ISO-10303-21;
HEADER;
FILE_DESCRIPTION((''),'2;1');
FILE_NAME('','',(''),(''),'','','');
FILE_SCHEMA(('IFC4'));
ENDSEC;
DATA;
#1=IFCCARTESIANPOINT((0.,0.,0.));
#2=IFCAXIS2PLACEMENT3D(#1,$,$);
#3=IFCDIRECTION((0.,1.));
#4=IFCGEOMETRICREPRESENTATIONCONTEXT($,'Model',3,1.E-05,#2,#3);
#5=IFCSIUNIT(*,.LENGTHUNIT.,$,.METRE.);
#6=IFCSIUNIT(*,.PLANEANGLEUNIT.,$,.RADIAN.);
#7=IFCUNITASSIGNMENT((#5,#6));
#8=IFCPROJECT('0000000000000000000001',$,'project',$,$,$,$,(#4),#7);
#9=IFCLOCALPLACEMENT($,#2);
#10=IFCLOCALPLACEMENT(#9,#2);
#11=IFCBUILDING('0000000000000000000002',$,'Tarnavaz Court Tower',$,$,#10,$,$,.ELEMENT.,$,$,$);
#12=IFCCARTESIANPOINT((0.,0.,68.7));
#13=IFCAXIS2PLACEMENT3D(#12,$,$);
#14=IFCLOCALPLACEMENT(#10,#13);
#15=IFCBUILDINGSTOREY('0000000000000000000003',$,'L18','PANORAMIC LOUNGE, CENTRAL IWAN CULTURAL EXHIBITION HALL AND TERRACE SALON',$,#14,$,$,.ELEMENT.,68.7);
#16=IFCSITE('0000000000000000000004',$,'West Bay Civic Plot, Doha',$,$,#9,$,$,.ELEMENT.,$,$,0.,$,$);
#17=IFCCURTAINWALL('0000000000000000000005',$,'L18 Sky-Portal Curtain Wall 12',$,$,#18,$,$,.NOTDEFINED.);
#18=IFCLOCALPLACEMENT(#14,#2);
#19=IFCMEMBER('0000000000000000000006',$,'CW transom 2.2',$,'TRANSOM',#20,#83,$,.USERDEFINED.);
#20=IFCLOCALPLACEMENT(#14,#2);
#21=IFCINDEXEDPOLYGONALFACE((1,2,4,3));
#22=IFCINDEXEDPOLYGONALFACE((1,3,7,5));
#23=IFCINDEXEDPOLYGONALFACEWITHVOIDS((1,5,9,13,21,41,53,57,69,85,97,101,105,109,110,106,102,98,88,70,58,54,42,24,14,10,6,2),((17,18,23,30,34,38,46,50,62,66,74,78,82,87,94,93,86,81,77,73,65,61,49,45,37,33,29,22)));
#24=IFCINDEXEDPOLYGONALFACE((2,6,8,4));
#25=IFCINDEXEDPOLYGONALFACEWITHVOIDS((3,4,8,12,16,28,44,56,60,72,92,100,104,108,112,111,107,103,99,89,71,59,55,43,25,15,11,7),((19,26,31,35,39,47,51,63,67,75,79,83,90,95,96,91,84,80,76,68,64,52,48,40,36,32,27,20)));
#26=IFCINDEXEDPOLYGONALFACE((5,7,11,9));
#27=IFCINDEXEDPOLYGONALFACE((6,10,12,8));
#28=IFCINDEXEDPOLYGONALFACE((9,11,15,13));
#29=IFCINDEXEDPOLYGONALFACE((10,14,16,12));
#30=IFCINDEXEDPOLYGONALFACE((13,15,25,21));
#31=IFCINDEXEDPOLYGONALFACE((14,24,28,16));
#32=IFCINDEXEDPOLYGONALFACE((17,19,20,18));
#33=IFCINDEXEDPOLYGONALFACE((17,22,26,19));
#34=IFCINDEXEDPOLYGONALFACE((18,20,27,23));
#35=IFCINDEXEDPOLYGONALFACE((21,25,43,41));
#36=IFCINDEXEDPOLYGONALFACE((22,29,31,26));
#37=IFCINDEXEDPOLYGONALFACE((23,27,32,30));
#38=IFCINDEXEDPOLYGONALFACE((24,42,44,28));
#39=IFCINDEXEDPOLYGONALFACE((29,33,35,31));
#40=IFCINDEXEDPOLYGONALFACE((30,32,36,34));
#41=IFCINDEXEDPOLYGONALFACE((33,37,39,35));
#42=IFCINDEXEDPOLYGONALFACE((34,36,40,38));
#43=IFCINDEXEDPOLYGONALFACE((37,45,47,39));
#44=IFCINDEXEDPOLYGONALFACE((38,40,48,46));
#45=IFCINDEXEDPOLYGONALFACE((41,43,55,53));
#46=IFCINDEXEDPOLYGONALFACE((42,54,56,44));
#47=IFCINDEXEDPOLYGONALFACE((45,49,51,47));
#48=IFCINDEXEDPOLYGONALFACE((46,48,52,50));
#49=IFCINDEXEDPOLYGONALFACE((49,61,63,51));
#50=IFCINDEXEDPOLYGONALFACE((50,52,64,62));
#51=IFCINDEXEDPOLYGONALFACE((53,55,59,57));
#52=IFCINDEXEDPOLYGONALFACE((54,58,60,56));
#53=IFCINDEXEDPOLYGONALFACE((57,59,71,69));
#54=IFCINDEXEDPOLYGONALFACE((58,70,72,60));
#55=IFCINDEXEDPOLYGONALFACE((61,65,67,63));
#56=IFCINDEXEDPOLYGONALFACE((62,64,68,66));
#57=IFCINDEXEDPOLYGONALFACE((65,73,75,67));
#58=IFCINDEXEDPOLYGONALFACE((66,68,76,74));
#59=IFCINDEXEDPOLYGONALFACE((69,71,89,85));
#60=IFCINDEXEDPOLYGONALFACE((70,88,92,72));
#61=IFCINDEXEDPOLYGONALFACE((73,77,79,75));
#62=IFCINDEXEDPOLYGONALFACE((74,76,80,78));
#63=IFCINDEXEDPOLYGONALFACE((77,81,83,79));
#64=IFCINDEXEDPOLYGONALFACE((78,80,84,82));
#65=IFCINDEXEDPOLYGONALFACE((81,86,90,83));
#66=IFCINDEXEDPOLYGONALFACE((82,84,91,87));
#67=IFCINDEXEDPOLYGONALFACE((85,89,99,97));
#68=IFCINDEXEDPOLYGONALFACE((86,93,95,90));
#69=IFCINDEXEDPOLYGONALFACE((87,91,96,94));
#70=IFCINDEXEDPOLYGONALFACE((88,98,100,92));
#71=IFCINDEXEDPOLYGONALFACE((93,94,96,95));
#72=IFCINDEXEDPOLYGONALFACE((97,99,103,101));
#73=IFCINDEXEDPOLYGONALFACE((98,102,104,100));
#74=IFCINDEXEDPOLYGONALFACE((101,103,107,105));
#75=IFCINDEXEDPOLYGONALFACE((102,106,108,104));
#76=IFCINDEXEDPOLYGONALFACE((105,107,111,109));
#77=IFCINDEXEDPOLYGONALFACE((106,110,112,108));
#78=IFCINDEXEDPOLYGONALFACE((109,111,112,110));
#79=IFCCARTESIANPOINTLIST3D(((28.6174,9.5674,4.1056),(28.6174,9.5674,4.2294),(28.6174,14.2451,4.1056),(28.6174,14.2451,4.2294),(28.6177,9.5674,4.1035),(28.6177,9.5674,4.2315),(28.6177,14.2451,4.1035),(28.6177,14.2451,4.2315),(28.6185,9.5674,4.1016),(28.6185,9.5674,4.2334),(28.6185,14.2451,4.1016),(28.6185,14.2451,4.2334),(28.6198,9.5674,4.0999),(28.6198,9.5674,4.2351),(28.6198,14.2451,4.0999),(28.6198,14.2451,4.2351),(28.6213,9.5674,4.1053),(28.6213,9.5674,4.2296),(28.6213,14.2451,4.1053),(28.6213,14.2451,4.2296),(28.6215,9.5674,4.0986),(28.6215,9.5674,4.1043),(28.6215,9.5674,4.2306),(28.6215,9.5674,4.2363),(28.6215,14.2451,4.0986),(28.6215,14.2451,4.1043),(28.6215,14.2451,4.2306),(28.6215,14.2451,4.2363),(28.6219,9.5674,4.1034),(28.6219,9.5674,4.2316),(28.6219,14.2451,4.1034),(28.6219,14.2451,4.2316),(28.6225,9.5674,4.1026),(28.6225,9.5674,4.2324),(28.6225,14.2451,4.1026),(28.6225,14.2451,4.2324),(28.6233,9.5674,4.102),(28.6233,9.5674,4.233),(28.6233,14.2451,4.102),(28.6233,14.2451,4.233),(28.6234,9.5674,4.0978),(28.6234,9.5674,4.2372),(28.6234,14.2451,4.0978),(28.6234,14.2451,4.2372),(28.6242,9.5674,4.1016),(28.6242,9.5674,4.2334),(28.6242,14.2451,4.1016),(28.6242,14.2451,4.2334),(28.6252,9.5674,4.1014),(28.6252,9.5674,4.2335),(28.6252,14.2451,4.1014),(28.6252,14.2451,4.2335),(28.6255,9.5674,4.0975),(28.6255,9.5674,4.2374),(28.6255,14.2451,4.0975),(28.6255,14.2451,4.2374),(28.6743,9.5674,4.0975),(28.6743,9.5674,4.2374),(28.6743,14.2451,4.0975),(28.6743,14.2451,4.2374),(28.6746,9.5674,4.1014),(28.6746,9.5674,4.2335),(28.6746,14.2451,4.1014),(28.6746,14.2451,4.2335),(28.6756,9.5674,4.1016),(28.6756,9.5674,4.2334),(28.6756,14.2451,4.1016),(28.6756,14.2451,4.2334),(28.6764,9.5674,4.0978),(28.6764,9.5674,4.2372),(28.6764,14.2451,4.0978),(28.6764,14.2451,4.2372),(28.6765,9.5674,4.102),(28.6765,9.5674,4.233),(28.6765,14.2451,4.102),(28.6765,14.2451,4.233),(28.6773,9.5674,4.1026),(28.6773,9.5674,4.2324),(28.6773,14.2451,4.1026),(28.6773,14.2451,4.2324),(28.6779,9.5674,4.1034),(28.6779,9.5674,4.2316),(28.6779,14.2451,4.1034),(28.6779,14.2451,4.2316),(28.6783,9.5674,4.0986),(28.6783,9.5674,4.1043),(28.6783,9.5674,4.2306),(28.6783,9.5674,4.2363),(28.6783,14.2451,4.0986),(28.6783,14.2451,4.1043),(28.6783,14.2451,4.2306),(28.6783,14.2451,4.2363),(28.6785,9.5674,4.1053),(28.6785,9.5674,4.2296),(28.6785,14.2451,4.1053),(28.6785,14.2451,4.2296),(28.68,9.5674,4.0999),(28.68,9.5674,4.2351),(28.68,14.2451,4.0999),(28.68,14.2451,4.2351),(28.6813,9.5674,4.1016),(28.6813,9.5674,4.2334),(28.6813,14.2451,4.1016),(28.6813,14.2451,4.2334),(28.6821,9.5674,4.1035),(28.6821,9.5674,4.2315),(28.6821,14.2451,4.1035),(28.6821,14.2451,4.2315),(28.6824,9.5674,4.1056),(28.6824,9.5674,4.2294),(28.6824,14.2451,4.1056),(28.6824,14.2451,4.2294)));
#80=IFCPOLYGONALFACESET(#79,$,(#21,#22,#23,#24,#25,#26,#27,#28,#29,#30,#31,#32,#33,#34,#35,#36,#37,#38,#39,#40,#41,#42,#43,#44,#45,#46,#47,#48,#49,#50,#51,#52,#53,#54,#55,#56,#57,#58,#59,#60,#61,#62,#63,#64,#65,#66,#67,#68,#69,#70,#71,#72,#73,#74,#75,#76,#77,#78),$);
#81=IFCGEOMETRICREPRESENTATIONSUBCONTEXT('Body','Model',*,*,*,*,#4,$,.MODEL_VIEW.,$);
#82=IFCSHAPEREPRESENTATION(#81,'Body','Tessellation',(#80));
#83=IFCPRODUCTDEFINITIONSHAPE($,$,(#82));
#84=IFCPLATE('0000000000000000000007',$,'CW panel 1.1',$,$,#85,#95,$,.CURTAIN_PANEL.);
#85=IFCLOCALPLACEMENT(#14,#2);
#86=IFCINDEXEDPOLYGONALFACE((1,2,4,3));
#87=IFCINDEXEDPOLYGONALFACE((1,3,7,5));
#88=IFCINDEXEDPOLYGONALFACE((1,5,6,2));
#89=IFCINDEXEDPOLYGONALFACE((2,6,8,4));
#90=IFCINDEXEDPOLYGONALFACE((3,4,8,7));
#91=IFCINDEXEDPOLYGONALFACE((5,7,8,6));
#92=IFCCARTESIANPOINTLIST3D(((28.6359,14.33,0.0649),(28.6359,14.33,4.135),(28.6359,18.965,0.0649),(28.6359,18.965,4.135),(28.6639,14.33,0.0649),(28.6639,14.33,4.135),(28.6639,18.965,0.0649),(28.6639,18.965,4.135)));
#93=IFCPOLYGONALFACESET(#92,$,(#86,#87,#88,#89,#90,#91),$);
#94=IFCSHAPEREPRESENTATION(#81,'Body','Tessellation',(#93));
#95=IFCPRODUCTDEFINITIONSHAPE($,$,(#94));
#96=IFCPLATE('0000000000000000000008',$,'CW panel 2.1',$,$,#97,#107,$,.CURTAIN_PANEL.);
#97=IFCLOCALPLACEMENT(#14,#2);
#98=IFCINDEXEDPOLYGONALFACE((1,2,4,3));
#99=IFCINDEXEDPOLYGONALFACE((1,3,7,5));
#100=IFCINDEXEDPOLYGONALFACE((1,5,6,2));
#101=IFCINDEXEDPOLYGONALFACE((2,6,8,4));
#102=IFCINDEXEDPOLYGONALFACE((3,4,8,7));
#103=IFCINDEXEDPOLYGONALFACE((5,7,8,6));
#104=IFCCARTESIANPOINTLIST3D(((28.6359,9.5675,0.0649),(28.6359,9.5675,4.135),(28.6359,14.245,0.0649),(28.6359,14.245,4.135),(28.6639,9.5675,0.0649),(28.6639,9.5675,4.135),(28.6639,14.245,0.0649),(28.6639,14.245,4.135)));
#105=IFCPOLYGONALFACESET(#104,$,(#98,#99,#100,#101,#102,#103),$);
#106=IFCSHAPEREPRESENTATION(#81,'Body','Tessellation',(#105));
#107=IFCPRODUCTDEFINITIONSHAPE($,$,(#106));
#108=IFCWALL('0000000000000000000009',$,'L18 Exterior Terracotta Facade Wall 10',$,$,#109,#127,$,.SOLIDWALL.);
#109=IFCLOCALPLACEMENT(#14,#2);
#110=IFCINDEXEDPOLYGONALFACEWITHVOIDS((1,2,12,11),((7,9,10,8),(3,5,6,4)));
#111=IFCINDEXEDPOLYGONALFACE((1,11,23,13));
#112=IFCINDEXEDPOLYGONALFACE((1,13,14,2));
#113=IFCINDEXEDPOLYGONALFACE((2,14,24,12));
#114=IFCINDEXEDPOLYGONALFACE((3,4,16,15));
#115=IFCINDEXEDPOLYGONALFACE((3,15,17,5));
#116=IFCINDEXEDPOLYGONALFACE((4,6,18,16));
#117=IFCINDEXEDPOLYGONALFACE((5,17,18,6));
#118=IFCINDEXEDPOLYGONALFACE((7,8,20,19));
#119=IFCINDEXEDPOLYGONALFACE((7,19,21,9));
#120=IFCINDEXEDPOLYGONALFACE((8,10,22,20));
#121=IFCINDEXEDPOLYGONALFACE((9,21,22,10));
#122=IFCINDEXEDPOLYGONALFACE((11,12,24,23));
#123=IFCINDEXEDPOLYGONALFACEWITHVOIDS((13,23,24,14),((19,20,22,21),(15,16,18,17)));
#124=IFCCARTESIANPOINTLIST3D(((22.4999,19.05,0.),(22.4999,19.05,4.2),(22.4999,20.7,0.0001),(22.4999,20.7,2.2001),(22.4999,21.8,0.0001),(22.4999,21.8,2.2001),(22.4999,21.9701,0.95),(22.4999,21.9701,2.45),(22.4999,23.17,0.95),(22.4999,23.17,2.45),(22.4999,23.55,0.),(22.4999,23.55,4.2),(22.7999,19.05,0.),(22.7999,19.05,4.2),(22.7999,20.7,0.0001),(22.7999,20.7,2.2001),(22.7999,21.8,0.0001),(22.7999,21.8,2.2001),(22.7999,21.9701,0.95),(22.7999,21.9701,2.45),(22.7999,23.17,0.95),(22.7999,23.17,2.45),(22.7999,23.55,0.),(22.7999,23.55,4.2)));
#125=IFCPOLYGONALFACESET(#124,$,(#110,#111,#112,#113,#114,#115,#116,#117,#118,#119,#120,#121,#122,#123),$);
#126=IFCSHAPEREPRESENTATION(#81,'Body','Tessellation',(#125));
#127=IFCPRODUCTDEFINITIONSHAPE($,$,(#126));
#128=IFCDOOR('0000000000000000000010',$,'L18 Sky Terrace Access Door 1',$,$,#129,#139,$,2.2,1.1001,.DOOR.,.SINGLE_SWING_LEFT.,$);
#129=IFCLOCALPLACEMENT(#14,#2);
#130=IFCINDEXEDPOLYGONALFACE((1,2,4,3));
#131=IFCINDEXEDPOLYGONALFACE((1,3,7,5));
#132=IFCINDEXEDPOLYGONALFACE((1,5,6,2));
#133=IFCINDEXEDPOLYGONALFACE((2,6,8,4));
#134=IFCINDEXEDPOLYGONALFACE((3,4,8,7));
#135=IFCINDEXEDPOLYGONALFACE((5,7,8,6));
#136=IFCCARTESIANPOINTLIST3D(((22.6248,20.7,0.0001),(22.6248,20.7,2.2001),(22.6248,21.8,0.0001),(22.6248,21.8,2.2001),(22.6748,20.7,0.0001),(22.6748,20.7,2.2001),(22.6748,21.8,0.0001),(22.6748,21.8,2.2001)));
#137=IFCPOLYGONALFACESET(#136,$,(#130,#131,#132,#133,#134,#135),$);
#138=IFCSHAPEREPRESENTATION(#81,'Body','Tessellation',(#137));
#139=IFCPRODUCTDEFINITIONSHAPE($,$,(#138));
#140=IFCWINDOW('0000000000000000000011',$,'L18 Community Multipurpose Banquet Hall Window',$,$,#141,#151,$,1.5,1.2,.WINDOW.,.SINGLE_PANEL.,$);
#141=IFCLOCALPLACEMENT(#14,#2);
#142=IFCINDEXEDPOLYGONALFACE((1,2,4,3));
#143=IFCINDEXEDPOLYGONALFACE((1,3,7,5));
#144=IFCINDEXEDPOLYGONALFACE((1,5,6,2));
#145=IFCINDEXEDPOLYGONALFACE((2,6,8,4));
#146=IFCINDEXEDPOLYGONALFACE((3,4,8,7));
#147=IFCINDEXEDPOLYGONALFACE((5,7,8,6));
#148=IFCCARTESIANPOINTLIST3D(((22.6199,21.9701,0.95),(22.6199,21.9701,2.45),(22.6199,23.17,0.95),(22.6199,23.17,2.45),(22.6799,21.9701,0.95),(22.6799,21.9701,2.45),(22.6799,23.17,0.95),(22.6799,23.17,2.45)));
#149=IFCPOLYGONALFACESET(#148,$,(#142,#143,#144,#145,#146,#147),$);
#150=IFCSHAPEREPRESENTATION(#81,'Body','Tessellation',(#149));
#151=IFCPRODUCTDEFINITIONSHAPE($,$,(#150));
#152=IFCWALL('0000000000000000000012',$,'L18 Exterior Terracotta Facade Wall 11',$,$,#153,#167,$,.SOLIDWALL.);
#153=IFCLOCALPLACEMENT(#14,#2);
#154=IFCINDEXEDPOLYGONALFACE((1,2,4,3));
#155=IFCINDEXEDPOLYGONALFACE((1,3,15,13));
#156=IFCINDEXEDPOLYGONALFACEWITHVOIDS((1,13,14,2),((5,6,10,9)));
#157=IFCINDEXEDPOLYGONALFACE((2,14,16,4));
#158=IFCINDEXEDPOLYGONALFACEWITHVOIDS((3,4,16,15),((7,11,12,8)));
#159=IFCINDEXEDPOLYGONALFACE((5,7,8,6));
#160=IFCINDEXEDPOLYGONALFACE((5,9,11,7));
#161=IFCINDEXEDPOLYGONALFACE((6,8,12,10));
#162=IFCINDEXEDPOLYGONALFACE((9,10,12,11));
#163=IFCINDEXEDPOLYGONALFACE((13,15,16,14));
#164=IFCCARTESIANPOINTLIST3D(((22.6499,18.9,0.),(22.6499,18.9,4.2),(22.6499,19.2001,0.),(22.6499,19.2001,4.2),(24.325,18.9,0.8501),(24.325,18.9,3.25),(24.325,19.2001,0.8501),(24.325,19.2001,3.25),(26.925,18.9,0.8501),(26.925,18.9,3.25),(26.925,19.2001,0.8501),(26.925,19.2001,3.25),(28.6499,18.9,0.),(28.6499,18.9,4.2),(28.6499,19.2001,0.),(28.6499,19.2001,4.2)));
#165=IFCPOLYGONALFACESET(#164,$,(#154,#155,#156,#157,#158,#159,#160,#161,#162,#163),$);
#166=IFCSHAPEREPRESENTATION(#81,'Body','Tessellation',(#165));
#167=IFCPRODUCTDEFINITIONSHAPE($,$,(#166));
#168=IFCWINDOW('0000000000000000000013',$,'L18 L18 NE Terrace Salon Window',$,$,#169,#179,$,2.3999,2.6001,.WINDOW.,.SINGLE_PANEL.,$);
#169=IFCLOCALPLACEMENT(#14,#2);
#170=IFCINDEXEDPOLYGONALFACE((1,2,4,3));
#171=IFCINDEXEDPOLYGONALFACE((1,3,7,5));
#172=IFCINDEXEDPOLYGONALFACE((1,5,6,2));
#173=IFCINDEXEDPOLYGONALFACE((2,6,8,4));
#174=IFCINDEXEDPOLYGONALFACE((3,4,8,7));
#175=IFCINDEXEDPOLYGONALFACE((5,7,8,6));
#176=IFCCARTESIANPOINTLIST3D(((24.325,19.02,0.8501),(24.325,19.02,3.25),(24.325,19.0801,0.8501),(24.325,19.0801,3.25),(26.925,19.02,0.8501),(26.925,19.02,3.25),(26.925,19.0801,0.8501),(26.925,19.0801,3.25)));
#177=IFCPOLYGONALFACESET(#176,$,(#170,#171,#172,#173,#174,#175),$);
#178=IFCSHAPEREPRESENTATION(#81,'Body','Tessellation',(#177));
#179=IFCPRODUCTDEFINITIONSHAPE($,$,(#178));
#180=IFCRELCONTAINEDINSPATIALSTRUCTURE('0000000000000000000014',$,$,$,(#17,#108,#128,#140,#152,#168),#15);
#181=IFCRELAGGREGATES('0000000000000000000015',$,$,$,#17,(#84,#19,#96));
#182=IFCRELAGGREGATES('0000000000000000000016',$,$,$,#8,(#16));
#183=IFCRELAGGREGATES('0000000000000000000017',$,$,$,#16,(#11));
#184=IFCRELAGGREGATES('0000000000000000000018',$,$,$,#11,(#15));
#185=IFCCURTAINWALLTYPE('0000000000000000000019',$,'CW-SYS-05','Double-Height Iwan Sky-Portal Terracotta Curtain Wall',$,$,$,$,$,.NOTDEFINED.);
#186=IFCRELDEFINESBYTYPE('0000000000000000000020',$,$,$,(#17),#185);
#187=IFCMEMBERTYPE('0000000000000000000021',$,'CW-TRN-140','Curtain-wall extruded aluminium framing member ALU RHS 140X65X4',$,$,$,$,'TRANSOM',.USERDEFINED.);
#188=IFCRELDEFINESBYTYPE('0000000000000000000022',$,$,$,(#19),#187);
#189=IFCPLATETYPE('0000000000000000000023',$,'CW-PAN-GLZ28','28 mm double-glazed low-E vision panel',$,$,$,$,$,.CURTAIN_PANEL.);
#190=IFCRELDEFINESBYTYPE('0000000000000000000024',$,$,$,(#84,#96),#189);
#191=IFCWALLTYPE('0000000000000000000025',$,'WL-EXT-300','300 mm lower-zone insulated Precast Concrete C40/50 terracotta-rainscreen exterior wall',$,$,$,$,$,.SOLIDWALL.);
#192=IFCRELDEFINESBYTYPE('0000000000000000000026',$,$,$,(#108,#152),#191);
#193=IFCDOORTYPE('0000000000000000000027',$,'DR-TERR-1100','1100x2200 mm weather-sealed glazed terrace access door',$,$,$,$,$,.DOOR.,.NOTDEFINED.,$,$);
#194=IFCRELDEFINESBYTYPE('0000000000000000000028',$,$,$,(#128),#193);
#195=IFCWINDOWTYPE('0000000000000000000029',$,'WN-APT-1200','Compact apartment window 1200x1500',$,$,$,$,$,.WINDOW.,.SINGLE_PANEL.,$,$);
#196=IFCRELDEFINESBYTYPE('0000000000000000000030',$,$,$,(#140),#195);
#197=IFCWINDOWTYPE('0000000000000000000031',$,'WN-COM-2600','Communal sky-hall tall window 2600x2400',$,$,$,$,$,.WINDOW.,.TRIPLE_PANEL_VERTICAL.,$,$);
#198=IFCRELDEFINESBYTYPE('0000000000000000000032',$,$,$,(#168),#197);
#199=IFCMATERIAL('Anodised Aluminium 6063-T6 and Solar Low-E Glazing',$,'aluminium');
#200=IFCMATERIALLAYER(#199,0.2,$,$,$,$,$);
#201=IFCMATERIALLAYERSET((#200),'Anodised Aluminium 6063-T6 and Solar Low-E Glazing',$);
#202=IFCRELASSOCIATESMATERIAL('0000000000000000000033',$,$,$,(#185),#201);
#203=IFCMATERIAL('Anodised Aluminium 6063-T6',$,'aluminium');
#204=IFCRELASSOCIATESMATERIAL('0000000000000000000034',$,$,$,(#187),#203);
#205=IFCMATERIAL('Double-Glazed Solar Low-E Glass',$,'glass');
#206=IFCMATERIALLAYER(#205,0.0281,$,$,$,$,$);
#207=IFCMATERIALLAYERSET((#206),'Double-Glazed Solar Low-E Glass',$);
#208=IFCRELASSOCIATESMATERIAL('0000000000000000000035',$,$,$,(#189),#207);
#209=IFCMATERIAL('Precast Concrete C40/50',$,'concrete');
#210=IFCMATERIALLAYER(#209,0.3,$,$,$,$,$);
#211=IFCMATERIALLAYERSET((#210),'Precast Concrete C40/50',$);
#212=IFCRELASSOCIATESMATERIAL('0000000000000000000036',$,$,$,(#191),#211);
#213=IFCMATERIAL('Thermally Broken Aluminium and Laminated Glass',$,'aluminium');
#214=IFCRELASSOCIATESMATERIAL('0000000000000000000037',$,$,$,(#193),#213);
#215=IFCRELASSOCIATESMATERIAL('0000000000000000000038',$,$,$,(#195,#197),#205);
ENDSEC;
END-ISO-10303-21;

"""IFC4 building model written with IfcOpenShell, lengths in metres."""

from ifc_helpers import new_model, si_unit, direction, frame, frame_2d, origin, origin_2d, place, context, subcontext, project, spatial, rectangle, hollow_rectangle, extrude, material, layer, layer_set, material_profile, profile_set, type_object, element, fill, aggregate, save


model = new_model("IFC4")

# Units and contexts
model_context = context("Model", 3, precision=1e-05, world=origin(), true_north=direction((0.0, 1.0)))
body_context = subcontext(model_context, "Body", "Model", "MODEL_VIEW")
ifc_project = project(units=[si_unit("LENGTHUNIT", "METRE"), si_unit("PLANEANGLEUNIT", "RADIAN")], contexts=[model_context])

# Site, building, storey
site_placement = place(None, origin())
site = spatial("IfcSite", under=ifc_project, at=site_placement, Name="West Bay Civic Plot, Doha", CompositionType="ELEMENT", RefElevation=0.0)
building_placement = place(site_placement, origin())
building = spatial("IfcBuilding", under=site, at=building_placement, Name="Tarnavaz Court Tower", CompositionType="ELEMENT")
storey_placement = place(building_placement, frame((0.0, 0.0, 68.7)))
storey = spatial("IfcBuildingStorey", under=building, at=storey_placement, Name="L18", Description="PANORAMIC LOUNGE, CENTRAL IWAN CULTURAL EXHIBITION HALL AND TERRACE SALON", CompositionType="ELEMENT", Elevation=68.7)

# Curtain wall, member, plates
ifc_material_1 = material(Name="Anodised Aluminium 6063-T6 and Solar Low-E Glazing", Category="aluminium")
ifc_layer_1 = layer(ifc_material_1, 0.2)
ifc_layer_set_1 = layer_set([ifc_layer_1], Name="Anodised Aluminium 6063-T6 and Solar Low-E Glazing")
curtain_wall_type = type_object("IfcCurtainWallType", Name="CW-SYS-05", Description="Double-Height Iwan Sky-Portal Terracotta Curtain Wall", PredefinedType="NOTDEFINED", material=ifc_layer_set_1)
curtain_wall_placement = place(storey_placement, origin())
curtain_wall = element("IfcCurtainWall", 1, at=curtain_wall_placement, inside=storey, type_object=curtain_wall_type, Name="L18 Sky-Portal Curtain Wall 12", PredefinedType="NOTDEFINED")
ifc_material_2 = material(Name="Anodised Aluminium 6063-T6", Category="aluminium")
ifc_material_profile_1 = material_profile(ifc_material_2, hollow_rectangle(XDim=0.0649, YDim=0.1399, WallThickness=0.0039, InnerFilletRadius=0.0039, OuterFilletRadius=0.0081, at=origin_2d()), Name="ALU RHS 140X65X4")
ifc_profile_set_1 = profile_set([ifc_material_profile_1], Name="Anodised Aluminium 6063-T6")
member_type_1 = type_object("IfcMemberType", Name="CW-TRN-140", Description="Curtain-wall extruded aluminium framing member ALU RHS 140X65X4", ElementType="TRANSOM", PredefinedType="USERDEFINED", material=ifc_profile_set_1)
member_1_placement = place(storey_placement, frame((28.6499, 14.2451, 4.1675), z_axis=(0.0, -1.0, 0.0), x_axis=(1.0, 0.0, 0.0)))
member_1 = element("IfcMember", 2, at=member_1_placement, type_object=member_type_1, Name="CW transom 2.2", ObjectType="TRANSOM", PredefinedType="USERDEFINED", context=body_context, shape_type="SweptSolid", body=[
    extrude(hollow_rectangle(XDim=0.0649, YDim=0.1399, WallThickness=0.0039, InnerFilletRadius=0.0039, OuterFilletRadius=0.0081, at=origin_2d()), origin(), (0.0, 0.0, 1.0), 4.6777),
])
ifc_material_3 = material(Name="Double-Glazed Solar Low-E Glass", Category="glass")
ifc_layer_2 = layer(ifc_material_3, 0.0281)
ifc_layer_set_2 = layer_set([ifc_layer_2], Name="Double-Glazed Solar Low-E Glass")
plate_type = type_object("IfcPlateType", Name="CW-PAN-GLZ28", Description="28 mm double-glazed low-E vision panel", PredefinedType="CURTAIN_PANEL", material=ifc_layer_set_2)
plate_1_placement = place(storey_placement, frame((28.6499, 16.6475, 0.0649), z_axis=(0.0, 0.0, 1.0), x_axis=(0.0, -1.0, 0.0)))
plate_1 = element("IfcPlate", 3, at=plate_1_placement, type_object=plate_type, Name="CW panel 1.1", PredefinedType="CURTAIN_PANEL", context=body_context, shape_type="SweptSolid", body=[
    extrude(rectangle(XDim=4.635, YDim=0.0281, at=origin_2d()), origin(), (0.0, 0.0, 1.0), 4.0701),
])
plate_2_placement = place(storey_placement, frame((28.6499, 11.9062, 0.0649), z_axis=(0.0, 0.0, 1.0), x_axis=(0.0, -1.0, 0.0)))
plate_2 = element("IfcPlate", 4, at=plate_2_placement, type_object=plate_type, Name="CW panel 2.1", PredefinedType="CURTAIN_PANEL", context=body_context, shape_type="SweptSolid", body=[
    extrude(rectangle(XDim=4.6775, YDim=0.0281, at=origin_2d()), origin(), (0.0, 0.0, 1.0), 4.0701),
])
aggregate(curtain_wall, [plate_1, member_1, plate_2])

# Wall, openings, door, window
ifc_material_4 = material(Name="Precast Concrete C40/50", Category="concrete")
ifc_layer_3 = layer(ifc_material_4, 0.3)
ifc_layer_set_3 = layer_set([ifc_layer_3], Name="Precast Concrete C40/50")
wall_type_1 = type_object("IfcWallType", Name="WL-EXT-300", Description="300 mm lower-zone insulated Precast Concrete C40/50 terracotta-rainscreen exterior wall", PredefinedType="SOLIDWALL", material=ifc_layer_set_3)
wall_1_placement = place(storey_placement, frame((22.6499, 23.55, 0.0), z_axis=(0.0, 0.0, 1.0), x_axis=(0.0, -1.0, 0.0)))
wall_1 = element("IfcWall", 5, at=wall_1_placement, inside=storey, type_object=wall_type_1, Name="L18 Exterior Terracotta Facade Wall 10", PredefinedType="SOLIDWALL", context=body_context, shape_type="SweptSolid", body=[
    extrude(rectangle(XDim=4.5, YDim=0.3, at=frame_2d((2.25, 0.0))), origin(), (0.0, 0.0, 1.0), 4.2),
])
opening_1_placement = place(wall_1_placement, frame((1.75, 0.0, 0.0)))
opening_1 = element("IfcOpeningElement", 6, at=opening_1_placement, cuts=wall_1, PredefinedType="OPENING", context=body_context, shape_type="SweptSolid", body=[
    extrude(rectangle(XDim=1.1001, YDim=2.2, at=frame_2d((0.55, 1.1001))), frame((0.0, 0.1599, 0.0), z_axis=(0.0, -1.0, 0.0), x_axis=(1.0, 0.0, 0.0)), (0.0, 0.0, 1.0), 0.3201),
])
opening_2_placement = place(wall_1_placement, frame((0.3799, 0.0, 0.95)))
opening_2 = element("IfcOpeningElement", 7, at=opening_2_placement, cuts=wall_1, PredefinedType="OPENING", context=body_context, shape_type="SweptSolid", body=[
    extrude(rectangle(XDim=1.2, YDim=1.5, at=frame_2d((0.6001, 0.75))), frame((0.0, 0.1599, 0.0), z_axis=(0.0, -1.0, 0.0), x_axis=(1.0, 0.0, 0.0)), (0.0, 0.0, 1.0), 0.3201),
])
ifc_material_5 = material(Name="Thermally Broken Aluminium and Laminated Glass", Category="aluminium")
door_type_1 = type_object("IfcDoorType", Name="DR-TERR-1100", Description="1100x2200 mm weather-sealed glazed terrace access door", OperationType="NOTDEFINED", PredefinedType="DOOR", material=ifc_material_5)
door_1_placement = place(opening_1_placement, origin())
door_1 = element("IfcDoor", 8, at=door_1_placement, inside=storey, type_object=door_type_1, Name="L18 Sky Terrace Access Door 1", OperationType="SINGLE_SWING_LEFT", OverallHeight=2.2, OverallWidth=1.1001, PredefinedType="DOOR", context=body_context, shape_type="SweptSolid", body=[
    extrude(rectangle(XDim=1.1001, YDim=2.2, at=frame_2d((0.55, 1.1001))), frame((0.0, 0.0249, 0.0), z_axis=(0.0, -1.0, 0.0), x_axis=(1.0, 0.0, 0.0)), (0.0, 0.0, 1.0), 0.05),
])
fill(opening_1, door_1)
window_type_1 = type_object("IfcWindowType", Name="WN-APT-1200", Description="Compact apartment window 1200x1500", PartitioningType="SINGLE_PANEL", PredefinedType="WINDOW", material=ifc_material_3)
window_1_placement = place(opening_2_placement, origin())
window_1 = element("IfcWindow", 9, at=window_1_placement, inside=storey, type_object=window_type_1, Name="L18 Community Multipurpose Banquet Hall Window", OverallHeight=1.5, OverallWidth=1.2, PartitioningType="SINGLE_PANEL", PredefinedType="WINDOW", context=body_context, shape_type="SweptSolid", body=[
    extrude(rectangle(XDim=1.2, YDim=1.5, at=frame_2d((0.6001, 0.75))), frame((0.0, 0.03, 0.0), z_axis=(0.0, -1.0, 0.0), x_axis=(1.0, 0.0, 0.0)), (0.0, 0.0, 1.0), 0.0601),
])
fill(opening_2, window_1)

# Wall, opening, window
wall_2_placement = place(storey_placement, frame((22.6499, 19.05, 0.0), z_axis=(0.0, 0.0, 1.0), x_axis=(1.0, 0.0, 0.0)))
wall_2 = element("IfcWall", 10, at=wall_2_placement, inside=storey, type_object=wall_type_1, Name="L18 Exterior Terracotta Facade Wall 11", PredefinedType="SOLIDWALL", context=body_context, shape_type="SweptSolid", body=[
    extrude(rectangle(XDim=6.0, YDim=0.3, at=frame_2d((3.0, 0.0))), origin(), (0.0, 0.0, 1.0), 4.2),
])
opening_3_placement = place(wall_2_placement, frame((1.675, 0.0, 0.8501)))
opening_3 = element("IfcOpeningElement", 11, at=opening_3_placement, cuts=wall_2, PredefinedType="OPENING", context=body_context, shape_type="SweptSolid", body=[
    extrude(rectangle(XDim=2.6001, YDim=2.3999, at=frame_2d((1.3, 1.2))), frame((0.0, 0.1599, 0.0), z_axis=(0.0, -1.0, 0.0), x_axis=(1.0, 0.0, 0.0)), (0.0, 0.0, 1.0), 0.3201),
])
window_type_2 = type_object("IfcWindowType", Name="WN-COM-2600", Description="Communal sky-hall tall window 2600x2400", PartitioningType="TRIPLE_PANEL_VERTICAL", PredefinedType="WINDOW", material=ifc_material_3)
window_2_placement = place(opening_3_placement, origin())
window_2 = element("IfcWindow", 12, at=window_2_placement, inside=storey, type_object=window_type_2, Name="L18 L18 NE Terrace Salon Window", OverallHeight=2.3999, OverallWidth=2.6001, PartitioningType="SINGLE_PANEL", PredefinedType="WINDOW", context=body_context, shape_type="SweptSolid", body=[
    extrude(rectangle(XDim=2.6001, YDim=2.3999, at=frame_2d((1.3, 1.2))), frame((0.0, 0.03, 0.0), z_axis=(0.0, -1.0, 0.0), x_axis=(1.0, 0.0, 0.0)), (0.0, 0.0, 1.0), 0.0601),
])
fill(opening_3, window_2)

save(model, "model.ifc")
